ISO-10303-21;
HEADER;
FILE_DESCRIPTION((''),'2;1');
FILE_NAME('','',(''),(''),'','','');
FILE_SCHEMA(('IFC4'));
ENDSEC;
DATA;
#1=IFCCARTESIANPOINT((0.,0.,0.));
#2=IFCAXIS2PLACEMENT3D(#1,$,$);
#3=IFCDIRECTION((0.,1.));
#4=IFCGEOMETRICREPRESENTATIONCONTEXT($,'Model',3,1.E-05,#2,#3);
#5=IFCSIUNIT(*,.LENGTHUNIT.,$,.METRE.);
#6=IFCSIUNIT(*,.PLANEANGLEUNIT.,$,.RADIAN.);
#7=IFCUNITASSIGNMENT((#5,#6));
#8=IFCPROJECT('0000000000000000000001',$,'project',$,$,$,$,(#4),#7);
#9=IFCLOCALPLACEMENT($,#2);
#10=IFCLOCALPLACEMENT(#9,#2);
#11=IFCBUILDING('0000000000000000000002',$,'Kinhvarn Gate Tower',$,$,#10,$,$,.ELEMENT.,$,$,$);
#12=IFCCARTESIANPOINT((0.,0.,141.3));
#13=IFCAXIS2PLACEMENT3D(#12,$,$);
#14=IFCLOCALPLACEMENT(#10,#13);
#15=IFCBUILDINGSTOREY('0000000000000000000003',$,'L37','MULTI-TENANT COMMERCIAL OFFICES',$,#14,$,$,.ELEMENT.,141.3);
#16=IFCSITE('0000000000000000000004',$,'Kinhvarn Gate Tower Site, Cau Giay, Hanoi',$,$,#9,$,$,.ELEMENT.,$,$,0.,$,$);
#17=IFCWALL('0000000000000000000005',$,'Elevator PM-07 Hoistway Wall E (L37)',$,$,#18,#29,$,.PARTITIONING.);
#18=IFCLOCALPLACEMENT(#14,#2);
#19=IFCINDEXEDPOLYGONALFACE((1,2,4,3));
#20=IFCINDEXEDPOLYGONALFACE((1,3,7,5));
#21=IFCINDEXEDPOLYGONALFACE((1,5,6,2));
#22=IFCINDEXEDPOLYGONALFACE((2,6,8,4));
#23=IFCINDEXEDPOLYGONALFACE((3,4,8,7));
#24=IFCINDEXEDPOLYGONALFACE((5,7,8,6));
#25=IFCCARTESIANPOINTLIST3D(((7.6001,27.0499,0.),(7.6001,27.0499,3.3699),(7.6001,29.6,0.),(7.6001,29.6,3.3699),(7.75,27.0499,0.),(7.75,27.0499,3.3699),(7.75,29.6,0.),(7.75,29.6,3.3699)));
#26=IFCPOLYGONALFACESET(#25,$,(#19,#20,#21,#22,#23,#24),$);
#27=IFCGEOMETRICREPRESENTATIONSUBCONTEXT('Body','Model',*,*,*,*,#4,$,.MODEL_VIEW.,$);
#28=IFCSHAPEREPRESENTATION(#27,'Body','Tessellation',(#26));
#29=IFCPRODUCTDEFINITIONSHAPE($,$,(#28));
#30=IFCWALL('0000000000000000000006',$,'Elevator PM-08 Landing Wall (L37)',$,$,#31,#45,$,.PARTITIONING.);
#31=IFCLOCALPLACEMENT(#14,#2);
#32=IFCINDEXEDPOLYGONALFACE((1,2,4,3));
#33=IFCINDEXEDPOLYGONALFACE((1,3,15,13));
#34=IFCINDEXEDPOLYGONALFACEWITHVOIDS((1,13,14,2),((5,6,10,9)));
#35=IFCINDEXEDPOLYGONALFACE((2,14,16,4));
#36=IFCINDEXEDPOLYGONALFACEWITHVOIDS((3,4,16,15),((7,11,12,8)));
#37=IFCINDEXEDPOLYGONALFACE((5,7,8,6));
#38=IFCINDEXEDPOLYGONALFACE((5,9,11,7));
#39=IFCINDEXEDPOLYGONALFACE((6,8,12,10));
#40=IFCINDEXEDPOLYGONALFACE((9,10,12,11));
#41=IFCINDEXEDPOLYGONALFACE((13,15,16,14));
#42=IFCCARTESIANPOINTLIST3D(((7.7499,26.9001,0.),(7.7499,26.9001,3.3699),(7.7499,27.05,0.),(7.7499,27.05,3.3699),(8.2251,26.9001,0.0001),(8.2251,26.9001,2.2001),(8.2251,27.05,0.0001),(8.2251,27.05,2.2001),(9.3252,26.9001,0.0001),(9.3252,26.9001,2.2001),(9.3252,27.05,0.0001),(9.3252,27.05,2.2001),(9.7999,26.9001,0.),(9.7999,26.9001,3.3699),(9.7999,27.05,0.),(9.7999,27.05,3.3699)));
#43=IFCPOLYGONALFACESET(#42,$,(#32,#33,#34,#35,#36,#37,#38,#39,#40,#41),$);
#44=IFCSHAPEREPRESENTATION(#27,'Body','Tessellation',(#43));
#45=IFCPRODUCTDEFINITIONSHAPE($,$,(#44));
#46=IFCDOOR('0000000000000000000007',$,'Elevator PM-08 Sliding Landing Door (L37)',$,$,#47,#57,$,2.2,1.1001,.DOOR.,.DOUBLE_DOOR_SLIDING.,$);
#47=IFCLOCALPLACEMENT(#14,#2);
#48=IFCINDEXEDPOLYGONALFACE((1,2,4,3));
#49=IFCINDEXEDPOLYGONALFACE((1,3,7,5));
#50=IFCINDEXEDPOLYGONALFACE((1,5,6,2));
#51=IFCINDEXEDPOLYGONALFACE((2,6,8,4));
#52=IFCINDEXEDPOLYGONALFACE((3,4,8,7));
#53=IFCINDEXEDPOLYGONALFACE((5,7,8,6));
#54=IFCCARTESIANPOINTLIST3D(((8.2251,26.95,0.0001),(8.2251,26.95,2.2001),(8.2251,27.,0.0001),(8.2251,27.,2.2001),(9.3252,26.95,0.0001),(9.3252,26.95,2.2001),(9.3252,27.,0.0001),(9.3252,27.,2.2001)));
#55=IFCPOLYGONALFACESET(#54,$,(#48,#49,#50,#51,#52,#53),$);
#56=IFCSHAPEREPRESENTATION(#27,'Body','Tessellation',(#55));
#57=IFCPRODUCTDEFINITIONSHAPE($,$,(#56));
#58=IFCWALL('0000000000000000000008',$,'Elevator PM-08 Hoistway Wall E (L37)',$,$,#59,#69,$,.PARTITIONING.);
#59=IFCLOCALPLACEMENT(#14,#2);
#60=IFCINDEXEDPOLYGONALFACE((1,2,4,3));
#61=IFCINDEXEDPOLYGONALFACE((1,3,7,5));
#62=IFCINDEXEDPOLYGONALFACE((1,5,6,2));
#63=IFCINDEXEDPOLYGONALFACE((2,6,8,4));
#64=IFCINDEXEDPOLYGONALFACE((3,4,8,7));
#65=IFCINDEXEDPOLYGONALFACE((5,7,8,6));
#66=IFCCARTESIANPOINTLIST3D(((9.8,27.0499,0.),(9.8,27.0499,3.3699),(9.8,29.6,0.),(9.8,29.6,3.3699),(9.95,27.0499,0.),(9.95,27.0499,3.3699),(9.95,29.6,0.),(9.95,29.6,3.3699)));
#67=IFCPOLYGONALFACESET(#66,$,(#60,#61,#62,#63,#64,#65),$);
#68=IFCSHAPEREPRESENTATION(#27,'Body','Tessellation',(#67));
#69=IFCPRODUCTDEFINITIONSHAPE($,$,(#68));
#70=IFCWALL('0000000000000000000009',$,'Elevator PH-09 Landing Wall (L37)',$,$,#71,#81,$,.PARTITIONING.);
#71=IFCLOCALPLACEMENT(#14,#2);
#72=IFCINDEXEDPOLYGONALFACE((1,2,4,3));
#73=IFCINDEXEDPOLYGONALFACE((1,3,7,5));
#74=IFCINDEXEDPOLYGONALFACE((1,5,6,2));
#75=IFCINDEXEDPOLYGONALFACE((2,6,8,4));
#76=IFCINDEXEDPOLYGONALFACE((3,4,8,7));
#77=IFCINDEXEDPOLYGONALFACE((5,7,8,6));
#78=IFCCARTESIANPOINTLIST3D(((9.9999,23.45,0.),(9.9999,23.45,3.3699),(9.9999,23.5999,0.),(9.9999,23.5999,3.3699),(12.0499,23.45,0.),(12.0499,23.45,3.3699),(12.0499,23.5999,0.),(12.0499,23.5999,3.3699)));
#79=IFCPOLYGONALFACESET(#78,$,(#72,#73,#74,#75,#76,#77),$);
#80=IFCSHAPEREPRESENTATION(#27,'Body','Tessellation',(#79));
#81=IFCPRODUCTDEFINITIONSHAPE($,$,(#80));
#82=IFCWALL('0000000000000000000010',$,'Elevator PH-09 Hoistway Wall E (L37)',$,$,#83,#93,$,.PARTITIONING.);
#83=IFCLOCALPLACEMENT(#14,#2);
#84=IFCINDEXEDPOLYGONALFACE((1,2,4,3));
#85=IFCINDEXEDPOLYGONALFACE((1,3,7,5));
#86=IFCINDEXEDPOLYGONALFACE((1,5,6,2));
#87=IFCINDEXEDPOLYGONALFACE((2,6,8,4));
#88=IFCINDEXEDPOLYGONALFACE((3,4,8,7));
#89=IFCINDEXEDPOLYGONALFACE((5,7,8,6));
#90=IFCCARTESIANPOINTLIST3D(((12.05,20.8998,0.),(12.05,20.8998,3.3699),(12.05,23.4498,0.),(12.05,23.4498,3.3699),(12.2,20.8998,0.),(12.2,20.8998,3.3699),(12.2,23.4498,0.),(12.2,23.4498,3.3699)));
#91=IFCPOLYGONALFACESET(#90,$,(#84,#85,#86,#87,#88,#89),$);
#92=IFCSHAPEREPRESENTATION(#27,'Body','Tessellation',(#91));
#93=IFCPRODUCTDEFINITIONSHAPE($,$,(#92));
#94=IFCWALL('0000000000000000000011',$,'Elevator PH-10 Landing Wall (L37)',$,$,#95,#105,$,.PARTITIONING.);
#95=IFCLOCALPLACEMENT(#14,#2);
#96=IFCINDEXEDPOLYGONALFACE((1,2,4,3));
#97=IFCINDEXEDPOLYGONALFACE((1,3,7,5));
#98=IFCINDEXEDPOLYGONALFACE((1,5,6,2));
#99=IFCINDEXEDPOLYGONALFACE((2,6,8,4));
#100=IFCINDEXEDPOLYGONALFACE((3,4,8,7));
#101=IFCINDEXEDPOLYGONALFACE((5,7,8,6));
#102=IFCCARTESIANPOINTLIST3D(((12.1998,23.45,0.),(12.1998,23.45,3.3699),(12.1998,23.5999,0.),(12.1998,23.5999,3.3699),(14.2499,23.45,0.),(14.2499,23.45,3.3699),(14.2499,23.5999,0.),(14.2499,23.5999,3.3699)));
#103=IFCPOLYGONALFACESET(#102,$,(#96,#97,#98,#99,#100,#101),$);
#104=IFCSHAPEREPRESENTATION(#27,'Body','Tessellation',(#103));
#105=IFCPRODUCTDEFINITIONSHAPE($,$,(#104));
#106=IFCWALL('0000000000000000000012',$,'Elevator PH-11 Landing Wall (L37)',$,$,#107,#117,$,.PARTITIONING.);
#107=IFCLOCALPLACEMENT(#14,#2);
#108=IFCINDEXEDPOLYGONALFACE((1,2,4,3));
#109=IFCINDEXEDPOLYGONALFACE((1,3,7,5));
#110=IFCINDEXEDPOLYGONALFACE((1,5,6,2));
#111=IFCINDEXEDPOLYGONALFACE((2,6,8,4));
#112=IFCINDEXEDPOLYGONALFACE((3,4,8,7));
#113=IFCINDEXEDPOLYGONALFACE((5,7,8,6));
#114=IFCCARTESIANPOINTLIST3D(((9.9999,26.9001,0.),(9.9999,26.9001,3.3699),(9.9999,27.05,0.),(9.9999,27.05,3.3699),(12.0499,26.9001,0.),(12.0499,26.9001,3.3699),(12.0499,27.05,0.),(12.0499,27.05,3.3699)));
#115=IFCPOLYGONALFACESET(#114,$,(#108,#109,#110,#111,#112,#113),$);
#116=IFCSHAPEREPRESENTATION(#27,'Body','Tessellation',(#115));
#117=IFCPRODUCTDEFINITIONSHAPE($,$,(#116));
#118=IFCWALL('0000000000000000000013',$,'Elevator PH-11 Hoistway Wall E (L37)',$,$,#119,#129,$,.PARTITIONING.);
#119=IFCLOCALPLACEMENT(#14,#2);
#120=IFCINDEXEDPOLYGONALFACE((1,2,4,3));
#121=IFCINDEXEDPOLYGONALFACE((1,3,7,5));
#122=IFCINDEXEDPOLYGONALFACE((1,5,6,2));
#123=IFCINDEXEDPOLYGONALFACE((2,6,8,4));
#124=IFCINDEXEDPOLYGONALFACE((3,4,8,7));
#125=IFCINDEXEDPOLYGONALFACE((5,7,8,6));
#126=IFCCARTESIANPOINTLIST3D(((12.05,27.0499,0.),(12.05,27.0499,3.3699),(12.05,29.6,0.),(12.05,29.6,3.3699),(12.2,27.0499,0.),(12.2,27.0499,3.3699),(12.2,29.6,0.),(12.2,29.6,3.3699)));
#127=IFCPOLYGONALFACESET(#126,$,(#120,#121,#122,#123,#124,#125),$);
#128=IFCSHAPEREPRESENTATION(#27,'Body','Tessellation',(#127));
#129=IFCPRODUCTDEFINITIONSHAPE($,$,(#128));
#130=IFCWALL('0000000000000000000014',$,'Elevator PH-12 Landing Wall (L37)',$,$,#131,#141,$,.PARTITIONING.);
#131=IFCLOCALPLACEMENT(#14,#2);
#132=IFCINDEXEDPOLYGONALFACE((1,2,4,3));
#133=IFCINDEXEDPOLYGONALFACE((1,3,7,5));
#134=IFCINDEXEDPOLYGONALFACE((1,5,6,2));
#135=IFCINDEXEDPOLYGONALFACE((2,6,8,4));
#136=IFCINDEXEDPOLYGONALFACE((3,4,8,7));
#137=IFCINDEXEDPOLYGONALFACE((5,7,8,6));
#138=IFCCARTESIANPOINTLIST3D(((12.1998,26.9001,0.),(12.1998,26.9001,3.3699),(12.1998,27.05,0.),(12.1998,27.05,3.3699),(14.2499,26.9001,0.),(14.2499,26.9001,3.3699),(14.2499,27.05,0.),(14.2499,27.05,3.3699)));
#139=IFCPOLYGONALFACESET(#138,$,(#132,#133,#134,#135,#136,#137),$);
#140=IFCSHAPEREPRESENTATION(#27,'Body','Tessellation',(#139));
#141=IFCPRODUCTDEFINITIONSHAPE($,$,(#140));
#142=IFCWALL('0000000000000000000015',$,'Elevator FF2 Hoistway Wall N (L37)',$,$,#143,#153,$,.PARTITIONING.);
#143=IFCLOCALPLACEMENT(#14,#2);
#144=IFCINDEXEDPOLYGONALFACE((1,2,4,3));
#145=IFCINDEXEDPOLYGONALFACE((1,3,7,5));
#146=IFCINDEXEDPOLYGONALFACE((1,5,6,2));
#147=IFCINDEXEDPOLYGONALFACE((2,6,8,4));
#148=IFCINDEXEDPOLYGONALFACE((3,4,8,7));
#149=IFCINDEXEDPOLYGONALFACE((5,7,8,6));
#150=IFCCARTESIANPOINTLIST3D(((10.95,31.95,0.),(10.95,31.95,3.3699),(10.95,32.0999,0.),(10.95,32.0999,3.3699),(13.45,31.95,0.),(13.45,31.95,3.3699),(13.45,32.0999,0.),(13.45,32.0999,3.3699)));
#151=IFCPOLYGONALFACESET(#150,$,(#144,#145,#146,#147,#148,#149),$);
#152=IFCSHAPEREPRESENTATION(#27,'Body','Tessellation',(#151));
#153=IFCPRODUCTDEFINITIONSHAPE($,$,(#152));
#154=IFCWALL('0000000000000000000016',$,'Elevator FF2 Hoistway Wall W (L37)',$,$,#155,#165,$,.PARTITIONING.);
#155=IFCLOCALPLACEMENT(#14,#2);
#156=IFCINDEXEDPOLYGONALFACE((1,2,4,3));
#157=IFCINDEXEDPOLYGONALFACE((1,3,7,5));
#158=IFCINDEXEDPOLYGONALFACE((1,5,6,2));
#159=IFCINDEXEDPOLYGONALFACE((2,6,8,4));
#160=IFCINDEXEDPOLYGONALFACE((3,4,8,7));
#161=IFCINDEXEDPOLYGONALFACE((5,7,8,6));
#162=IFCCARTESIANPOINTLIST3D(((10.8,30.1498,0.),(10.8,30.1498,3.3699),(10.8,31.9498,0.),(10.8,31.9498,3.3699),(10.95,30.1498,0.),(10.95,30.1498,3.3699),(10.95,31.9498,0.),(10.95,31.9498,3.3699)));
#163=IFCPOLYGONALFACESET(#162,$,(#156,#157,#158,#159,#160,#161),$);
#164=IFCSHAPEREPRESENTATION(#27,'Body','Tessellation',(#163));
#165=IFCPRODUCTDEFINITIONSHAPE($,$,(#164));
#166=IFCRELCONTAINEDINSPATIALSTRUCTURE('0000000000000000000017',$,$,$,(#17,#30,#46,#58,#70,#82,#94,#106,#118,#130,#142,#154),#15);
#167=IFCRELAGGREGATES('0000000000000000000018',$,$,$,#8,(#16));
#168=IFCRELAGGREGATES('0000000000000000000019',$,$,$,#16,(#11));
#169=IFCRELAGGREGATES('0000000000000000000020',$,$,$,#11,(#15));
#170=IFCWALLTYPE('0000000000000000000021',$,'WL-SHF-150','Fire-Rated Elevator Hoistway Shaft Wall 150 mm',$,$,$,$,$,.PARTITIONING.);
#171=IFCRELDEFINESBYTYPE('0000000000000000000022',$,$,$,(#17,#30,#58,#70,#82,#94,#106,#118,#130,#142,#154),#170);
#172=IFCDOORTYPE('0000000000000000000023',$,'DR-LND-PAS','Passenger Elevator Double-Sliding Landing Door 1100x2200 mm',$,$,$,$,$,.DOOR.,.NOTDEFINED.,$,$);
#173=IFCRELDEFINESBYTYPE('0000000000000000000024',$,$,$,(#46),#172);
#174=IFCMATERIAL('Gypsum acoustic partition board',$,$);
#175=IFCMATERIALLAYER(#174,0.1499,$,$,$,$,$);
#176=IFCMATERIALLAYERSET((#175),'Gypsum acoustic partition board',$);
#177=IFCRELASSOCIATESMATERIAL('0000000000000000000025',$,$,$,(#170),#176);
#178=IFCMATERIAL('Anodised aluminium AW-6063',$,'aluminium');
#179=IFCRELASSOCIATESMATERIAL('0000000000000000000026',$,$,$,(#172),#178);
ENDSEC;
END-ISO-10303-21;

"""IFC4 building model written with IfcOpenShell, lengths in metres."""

from ifc_helpers import new_model, si_unit, direction, frame, frame_2d, origin, place, context, subcontext, project, spatial, rectangle, extrude, material, layer, layer_set, type_object, element, fill, save


model = new_model("IFC4")

# Units and contexts
model_context = context("Model", 3, precision=1e-05, world=origin(), true_north=direction((0.0, 1.0)))
body_context = subcontext(model_context, "Body", "Model", "MODEL_VIEW")
ifc_project = project(units=[si_unit("LENGTHUNIT", "METRE"), si_unit("PLANEANGLEUNIT", "RADIAN")], contexts=[model_context])

# Site, building, storey
site_placement = place(None, origin())
site = spatial("IfcSite", under=ifc_project, at=site_placement, Name="Kinhvarn Gate Tower Site, Cau Giay, Hanoi", CompositionType="ELEMENT", RefElevation=0.0)
building_placement = place(site_placement, origin())
building = spatial("IfcBuilding", under=site, at=building_placement, Name="Kinhvarn Gate Tower", CompositionType="ELEMENT")
storey_placement = place(building_placement, frame((0.0, 0.0, 141.3)))
storey = spatial("IfcBuildingStorey", under=building, at=storey_placement, Name="L37", Description="MULTI-TENANT COMMERCIAL OFFICES", CompositionType="ELEMENT", Elevation=141.3)

# Shared definitions
ifc_material_1 = material(Name="Gypsum acoustic partition board")

# Shared definitions
ifc_layer_1 = layer(ifc_material_1, 0.1499)
ifc_layer_set_1 = layer_set([ifc_layer_1], Name="Gypsum acoustic partition board")
wall_type_1 = type_object("IfcWallType", Name="WL-SHF-150", Description="Fire-Rated Elevator Hoistway Shaft Wall 150 mm", PredefinedType="PARTITIONING", material=ifc_layer_set_1)
ifc_material_2 = material(Name="Anodised aluminium AW-6063", Category="aluminium")
door_type_1 = type_object("IfcDoorType", Name="DR-LND-PAS", Description="Passenger Elevator Double-Sliding Landing Door 1100x2200 mm", OperationType="NOTDEFINED", PredefinedType="DOOR", material=ifc_material_2)

# Wall
for number, where, z_axis, x_axis, name in (
    (1, (7.675, 27.05, 0.0), (0.0, 0.0, 1.0), (0.0, 1.0, 0.0), "Elevator PM-07 Hoistway Wall E (L37)"),
):
    element("IfcWall", number, at=place(storey_placement, frame(where, z_axis=z_axis, x_axis=x_axis)), inside=storey, type_object=wall_type_1, Name=name, PredefinedType="PARTITIONING", context=body_context, shape_type="SweptSolid", body=[
        extrude(rectangle(XDim=2.55, YDim=0.1499, at=frame_2d((1.2749, 0.0))), origin(), (0.0, 0.0, 1.0), 3.3699),
    ])

# Wall, opening, door
wall_1_placement = place(storey_placement, frame((7.75, 26.9751, 0.0), z_axis=(0.0, 0.0, 1.0), x_axis=(1.0, 0.0, 0.0)))
wall_1 = element("IfcWall", 2, at=wall_1_placement, inside=storey, type_object=wall_type_1, Name="Elevator PM-08 Landing Wall (L37)", PredefinedType="PARTITIONING", context=body_context, shape_type="SweptSolid", body=[
    extrude(rectangle(XDim=2.05, YDim=0.1499, at=frame_2d((1.0249, 0.0))), origin(), (0.0, 0.0, 1.0), 3.3699),
])
opening_1_placement = place(wall_1_placement, frame((0.4751, 0.0, 0.0)))
opening_1 = element("IfcOpeningElement", 3, at=opening_1_placement, cuts=wall_1, PredefinedType="OPENING", context=body_context, shape_type="SweptSolid", body=[
    extrude(rectangle(XDim=1.1001, YDim=2.2, at=frame_2d((0.55, 1.1001))), frame((0.0, 0.085, 0.0), z_axis=(0.0, -1.0, 0.0), x_axis=(1.0, 0.0, 0.0)), (0.0, 0.0, 1.0), 0.1699),
])
door_1_placement = place(opening_1_placement, origin())
door_1 = element("IfcDoor", 4, at=door_1_placement, inside=storey, type_object=door_type_1, Name="Elevator PM-08 Sliding Landing Door (L37)", OperationType="DOUBLE_DOOR_SLIDING", OverallHeight=2.2, OverallWidth=1.1001, PredefinedType="DOOR", context=body_context, shape_type="SweptSolid", body=[
    extrude(rectangle(XDim=1.1001, YDim=2.2, at=frame_2d((0.55, 1.1001))), frame((0.0, 0.0249, 0.0), z_axis=(0.0, -1.0, 0.0), x_axis=(1.0, 0.0, 0.0)), (0.0, 0.0, 1.0), 0.05),
])
fill(opening_1, door_1)

# Walls
wall_2_placement = place(storey_placement, frame((9.875, 27.05, 0.0), z_axis=(0.0, 0.0, 1.0), x_axis=(0.0, 1.0, 0.0)))
element("IfcWall", 5, at=wall_2_placement, inside=storey, type_object=wall_type_1, Name="Elevator PM-08 Hoistway Wall E (L37)", PredefinedType="PARTITIONING", context=body_context, shape_type="SweptSolid", body=[
    extrude(rectangle(XDim=2.55, YDim=0.1499, at=frame_2d((1.2749, 0.0))), origin(), (0.0, 0.0, 1.0), 3.3699),
])
wall_3_placement = place(storey_placement, frame((10.0, 23.5249, 0.0), z_axis=(0.0, 0.0, 1.0), x_axis=(1.0, 0.0, 0.0)))
element("IfcWall", 6, at=wall_3_placement, inside=storey, type_object=wall_type_1, Name="Elevator PH-09 Landing Wall (L37)", PredefinedType="PARTITIONING", context=body_context, shape_type="SweptSolid", body=[
    extrude(rectangle(XDim=2.05, YDim=0.1499, at=frame_2d((1.0249, 0.0))), origin(), (0.0, 0.0, 1.0), 3.3699),
])
wall_4_placement = place(storey_placement, frame((12.125, 20.8999, 0.0), z_axis=(0.0, 0.0, 1.0), x_axis=(0.0, 1.0, 0.0)))
element("IfcWall", 7, at=wall_4_placement, inside=storey, type_object=wall_type_1, Name="Elevator PH-09 Hoistway Wall E (L37)", PredefinedType="PARTITIONING", context=body_context, shape_type="SweptSolid", body=[
    extrude(rectangle(XDim=2.55, YDim=0.1499, at=frame_2d((1.2749, 0.0))), origin(), (0.0, 0.0, 1.0), 3.3699),
])
for number, where, z_axis, x_axis, name in (
    (8, (12.2, 23.5249, 0.0), (0.0, 0.0, 1.0), (1.0, 0.0, 0.0), "Elevator PH-10 Landing Wall (L37)"),
    (9, (10.0, 26.9751, 0.0), (0.0, 0.0, 1.0), (1.0, 0.0, 0.0), "Elevator PH-11 Landing Wall (L37)"),
):
    element("IfcWall", number, at=place(storey_placement, frame(where, z_axis=z_axis, x_axis=x_axis)), inside=storey, type_object=wall_type_1, Name=name, PredefinedType="PARTITIONING", context=body_context, shape_type="SweptSolid", body=[
        extrude(rectangle(XDim=2.05, YDim=0.1499, at=frame_2d((1.0249, 0.0))), origin(), (0.0, 0.0, 1.0), 3.3699),
    ])
wall_5_placement = place(storey_placement, frame((12.125, 27.05, 0.0), z_axis=(0.0, 0.0, 1.0), x_axis=(0.0, 1.0, 0.0)))
element("IfcWall", 10, at=wall_5_placement, inside=storey, type_object=wall_type_1, Name="Elevator PH-11 Hoistway Wall E (L37)", PredefinedType="PARTITIONING", context=body_context, shape_type="SweptSolid", body=[
    extrude(rectangle(XDim=2.55, YDim=0.1499, at=frame_2d((1.2749, 0.0))), origin(), (0.0, 0.0, 1.0), 3.3699),
])
wall_6_placement = place(storey_placement, frame((12.2, 26.9751, 0.0), z_axis=(0.0, 0.0, 1.0), x_axis=(1.0, 0.0, 0.0)))
element("IfcWall", 11, at=wall_6_placement, inside=storey, type_object=wall_type_1, Name="Elevator PH-12 Landing Wall (L37)", PredefinedType="PARTITIONING", context=body_context, shape_type="SweptSolid", body=[
    extrude(rectangle(XDim=2.05, YDim=0.1499, at=frame_2d((1.0249, 0.0))), origin(), (0.0, 0.0, 1.0), 3.3699),
])
wall_7_placement = place(storey_placement, frame((10.95, 32.0249, 0.0), z_axis=(0.0, 0.0, 1.0), x_axis=(1.0, 0.0, 0.0)))
element("IfcWall", 12, at=wall_7_placement, inside=storey, type_object=wall_type_1, Name="Elevator FF2 Hoistway Wall N (L37)", PredefinedType="PARTITIONING", context=body_context, shape_type="SweptSolid", body=[
    extrude(rectangle(XDim=2.5, YDim=0.1499, at=frame_2d((1.25, 0.0))), origin(), (0.0, 0.0, 1.0), 3.3699),
])
wall_8_placement = place(storey_placement, frame((10.875, 30.1499, 0.0), z_axis=(0.0, 0.0, 1.0), x_axis=(0.0, 1.0, 0.0)))
element("IfcWall", 13, at=wall_8_placement, inside=storey, type_object=wall_type_1, Name="Elevator FF2 Hoistway Wall W (L37)", PredefinedType="PARTITIONING", context=body_context, shape_type="SweptSolid", body=[
    extrude(rectangle(XDim=1.8, YDim=0.1499, at=frame_2d((0.8999, 0.0))), origin(), (0.0, 0.0, 1.0), 3.3699),
])

save(model, "model.ifc")
